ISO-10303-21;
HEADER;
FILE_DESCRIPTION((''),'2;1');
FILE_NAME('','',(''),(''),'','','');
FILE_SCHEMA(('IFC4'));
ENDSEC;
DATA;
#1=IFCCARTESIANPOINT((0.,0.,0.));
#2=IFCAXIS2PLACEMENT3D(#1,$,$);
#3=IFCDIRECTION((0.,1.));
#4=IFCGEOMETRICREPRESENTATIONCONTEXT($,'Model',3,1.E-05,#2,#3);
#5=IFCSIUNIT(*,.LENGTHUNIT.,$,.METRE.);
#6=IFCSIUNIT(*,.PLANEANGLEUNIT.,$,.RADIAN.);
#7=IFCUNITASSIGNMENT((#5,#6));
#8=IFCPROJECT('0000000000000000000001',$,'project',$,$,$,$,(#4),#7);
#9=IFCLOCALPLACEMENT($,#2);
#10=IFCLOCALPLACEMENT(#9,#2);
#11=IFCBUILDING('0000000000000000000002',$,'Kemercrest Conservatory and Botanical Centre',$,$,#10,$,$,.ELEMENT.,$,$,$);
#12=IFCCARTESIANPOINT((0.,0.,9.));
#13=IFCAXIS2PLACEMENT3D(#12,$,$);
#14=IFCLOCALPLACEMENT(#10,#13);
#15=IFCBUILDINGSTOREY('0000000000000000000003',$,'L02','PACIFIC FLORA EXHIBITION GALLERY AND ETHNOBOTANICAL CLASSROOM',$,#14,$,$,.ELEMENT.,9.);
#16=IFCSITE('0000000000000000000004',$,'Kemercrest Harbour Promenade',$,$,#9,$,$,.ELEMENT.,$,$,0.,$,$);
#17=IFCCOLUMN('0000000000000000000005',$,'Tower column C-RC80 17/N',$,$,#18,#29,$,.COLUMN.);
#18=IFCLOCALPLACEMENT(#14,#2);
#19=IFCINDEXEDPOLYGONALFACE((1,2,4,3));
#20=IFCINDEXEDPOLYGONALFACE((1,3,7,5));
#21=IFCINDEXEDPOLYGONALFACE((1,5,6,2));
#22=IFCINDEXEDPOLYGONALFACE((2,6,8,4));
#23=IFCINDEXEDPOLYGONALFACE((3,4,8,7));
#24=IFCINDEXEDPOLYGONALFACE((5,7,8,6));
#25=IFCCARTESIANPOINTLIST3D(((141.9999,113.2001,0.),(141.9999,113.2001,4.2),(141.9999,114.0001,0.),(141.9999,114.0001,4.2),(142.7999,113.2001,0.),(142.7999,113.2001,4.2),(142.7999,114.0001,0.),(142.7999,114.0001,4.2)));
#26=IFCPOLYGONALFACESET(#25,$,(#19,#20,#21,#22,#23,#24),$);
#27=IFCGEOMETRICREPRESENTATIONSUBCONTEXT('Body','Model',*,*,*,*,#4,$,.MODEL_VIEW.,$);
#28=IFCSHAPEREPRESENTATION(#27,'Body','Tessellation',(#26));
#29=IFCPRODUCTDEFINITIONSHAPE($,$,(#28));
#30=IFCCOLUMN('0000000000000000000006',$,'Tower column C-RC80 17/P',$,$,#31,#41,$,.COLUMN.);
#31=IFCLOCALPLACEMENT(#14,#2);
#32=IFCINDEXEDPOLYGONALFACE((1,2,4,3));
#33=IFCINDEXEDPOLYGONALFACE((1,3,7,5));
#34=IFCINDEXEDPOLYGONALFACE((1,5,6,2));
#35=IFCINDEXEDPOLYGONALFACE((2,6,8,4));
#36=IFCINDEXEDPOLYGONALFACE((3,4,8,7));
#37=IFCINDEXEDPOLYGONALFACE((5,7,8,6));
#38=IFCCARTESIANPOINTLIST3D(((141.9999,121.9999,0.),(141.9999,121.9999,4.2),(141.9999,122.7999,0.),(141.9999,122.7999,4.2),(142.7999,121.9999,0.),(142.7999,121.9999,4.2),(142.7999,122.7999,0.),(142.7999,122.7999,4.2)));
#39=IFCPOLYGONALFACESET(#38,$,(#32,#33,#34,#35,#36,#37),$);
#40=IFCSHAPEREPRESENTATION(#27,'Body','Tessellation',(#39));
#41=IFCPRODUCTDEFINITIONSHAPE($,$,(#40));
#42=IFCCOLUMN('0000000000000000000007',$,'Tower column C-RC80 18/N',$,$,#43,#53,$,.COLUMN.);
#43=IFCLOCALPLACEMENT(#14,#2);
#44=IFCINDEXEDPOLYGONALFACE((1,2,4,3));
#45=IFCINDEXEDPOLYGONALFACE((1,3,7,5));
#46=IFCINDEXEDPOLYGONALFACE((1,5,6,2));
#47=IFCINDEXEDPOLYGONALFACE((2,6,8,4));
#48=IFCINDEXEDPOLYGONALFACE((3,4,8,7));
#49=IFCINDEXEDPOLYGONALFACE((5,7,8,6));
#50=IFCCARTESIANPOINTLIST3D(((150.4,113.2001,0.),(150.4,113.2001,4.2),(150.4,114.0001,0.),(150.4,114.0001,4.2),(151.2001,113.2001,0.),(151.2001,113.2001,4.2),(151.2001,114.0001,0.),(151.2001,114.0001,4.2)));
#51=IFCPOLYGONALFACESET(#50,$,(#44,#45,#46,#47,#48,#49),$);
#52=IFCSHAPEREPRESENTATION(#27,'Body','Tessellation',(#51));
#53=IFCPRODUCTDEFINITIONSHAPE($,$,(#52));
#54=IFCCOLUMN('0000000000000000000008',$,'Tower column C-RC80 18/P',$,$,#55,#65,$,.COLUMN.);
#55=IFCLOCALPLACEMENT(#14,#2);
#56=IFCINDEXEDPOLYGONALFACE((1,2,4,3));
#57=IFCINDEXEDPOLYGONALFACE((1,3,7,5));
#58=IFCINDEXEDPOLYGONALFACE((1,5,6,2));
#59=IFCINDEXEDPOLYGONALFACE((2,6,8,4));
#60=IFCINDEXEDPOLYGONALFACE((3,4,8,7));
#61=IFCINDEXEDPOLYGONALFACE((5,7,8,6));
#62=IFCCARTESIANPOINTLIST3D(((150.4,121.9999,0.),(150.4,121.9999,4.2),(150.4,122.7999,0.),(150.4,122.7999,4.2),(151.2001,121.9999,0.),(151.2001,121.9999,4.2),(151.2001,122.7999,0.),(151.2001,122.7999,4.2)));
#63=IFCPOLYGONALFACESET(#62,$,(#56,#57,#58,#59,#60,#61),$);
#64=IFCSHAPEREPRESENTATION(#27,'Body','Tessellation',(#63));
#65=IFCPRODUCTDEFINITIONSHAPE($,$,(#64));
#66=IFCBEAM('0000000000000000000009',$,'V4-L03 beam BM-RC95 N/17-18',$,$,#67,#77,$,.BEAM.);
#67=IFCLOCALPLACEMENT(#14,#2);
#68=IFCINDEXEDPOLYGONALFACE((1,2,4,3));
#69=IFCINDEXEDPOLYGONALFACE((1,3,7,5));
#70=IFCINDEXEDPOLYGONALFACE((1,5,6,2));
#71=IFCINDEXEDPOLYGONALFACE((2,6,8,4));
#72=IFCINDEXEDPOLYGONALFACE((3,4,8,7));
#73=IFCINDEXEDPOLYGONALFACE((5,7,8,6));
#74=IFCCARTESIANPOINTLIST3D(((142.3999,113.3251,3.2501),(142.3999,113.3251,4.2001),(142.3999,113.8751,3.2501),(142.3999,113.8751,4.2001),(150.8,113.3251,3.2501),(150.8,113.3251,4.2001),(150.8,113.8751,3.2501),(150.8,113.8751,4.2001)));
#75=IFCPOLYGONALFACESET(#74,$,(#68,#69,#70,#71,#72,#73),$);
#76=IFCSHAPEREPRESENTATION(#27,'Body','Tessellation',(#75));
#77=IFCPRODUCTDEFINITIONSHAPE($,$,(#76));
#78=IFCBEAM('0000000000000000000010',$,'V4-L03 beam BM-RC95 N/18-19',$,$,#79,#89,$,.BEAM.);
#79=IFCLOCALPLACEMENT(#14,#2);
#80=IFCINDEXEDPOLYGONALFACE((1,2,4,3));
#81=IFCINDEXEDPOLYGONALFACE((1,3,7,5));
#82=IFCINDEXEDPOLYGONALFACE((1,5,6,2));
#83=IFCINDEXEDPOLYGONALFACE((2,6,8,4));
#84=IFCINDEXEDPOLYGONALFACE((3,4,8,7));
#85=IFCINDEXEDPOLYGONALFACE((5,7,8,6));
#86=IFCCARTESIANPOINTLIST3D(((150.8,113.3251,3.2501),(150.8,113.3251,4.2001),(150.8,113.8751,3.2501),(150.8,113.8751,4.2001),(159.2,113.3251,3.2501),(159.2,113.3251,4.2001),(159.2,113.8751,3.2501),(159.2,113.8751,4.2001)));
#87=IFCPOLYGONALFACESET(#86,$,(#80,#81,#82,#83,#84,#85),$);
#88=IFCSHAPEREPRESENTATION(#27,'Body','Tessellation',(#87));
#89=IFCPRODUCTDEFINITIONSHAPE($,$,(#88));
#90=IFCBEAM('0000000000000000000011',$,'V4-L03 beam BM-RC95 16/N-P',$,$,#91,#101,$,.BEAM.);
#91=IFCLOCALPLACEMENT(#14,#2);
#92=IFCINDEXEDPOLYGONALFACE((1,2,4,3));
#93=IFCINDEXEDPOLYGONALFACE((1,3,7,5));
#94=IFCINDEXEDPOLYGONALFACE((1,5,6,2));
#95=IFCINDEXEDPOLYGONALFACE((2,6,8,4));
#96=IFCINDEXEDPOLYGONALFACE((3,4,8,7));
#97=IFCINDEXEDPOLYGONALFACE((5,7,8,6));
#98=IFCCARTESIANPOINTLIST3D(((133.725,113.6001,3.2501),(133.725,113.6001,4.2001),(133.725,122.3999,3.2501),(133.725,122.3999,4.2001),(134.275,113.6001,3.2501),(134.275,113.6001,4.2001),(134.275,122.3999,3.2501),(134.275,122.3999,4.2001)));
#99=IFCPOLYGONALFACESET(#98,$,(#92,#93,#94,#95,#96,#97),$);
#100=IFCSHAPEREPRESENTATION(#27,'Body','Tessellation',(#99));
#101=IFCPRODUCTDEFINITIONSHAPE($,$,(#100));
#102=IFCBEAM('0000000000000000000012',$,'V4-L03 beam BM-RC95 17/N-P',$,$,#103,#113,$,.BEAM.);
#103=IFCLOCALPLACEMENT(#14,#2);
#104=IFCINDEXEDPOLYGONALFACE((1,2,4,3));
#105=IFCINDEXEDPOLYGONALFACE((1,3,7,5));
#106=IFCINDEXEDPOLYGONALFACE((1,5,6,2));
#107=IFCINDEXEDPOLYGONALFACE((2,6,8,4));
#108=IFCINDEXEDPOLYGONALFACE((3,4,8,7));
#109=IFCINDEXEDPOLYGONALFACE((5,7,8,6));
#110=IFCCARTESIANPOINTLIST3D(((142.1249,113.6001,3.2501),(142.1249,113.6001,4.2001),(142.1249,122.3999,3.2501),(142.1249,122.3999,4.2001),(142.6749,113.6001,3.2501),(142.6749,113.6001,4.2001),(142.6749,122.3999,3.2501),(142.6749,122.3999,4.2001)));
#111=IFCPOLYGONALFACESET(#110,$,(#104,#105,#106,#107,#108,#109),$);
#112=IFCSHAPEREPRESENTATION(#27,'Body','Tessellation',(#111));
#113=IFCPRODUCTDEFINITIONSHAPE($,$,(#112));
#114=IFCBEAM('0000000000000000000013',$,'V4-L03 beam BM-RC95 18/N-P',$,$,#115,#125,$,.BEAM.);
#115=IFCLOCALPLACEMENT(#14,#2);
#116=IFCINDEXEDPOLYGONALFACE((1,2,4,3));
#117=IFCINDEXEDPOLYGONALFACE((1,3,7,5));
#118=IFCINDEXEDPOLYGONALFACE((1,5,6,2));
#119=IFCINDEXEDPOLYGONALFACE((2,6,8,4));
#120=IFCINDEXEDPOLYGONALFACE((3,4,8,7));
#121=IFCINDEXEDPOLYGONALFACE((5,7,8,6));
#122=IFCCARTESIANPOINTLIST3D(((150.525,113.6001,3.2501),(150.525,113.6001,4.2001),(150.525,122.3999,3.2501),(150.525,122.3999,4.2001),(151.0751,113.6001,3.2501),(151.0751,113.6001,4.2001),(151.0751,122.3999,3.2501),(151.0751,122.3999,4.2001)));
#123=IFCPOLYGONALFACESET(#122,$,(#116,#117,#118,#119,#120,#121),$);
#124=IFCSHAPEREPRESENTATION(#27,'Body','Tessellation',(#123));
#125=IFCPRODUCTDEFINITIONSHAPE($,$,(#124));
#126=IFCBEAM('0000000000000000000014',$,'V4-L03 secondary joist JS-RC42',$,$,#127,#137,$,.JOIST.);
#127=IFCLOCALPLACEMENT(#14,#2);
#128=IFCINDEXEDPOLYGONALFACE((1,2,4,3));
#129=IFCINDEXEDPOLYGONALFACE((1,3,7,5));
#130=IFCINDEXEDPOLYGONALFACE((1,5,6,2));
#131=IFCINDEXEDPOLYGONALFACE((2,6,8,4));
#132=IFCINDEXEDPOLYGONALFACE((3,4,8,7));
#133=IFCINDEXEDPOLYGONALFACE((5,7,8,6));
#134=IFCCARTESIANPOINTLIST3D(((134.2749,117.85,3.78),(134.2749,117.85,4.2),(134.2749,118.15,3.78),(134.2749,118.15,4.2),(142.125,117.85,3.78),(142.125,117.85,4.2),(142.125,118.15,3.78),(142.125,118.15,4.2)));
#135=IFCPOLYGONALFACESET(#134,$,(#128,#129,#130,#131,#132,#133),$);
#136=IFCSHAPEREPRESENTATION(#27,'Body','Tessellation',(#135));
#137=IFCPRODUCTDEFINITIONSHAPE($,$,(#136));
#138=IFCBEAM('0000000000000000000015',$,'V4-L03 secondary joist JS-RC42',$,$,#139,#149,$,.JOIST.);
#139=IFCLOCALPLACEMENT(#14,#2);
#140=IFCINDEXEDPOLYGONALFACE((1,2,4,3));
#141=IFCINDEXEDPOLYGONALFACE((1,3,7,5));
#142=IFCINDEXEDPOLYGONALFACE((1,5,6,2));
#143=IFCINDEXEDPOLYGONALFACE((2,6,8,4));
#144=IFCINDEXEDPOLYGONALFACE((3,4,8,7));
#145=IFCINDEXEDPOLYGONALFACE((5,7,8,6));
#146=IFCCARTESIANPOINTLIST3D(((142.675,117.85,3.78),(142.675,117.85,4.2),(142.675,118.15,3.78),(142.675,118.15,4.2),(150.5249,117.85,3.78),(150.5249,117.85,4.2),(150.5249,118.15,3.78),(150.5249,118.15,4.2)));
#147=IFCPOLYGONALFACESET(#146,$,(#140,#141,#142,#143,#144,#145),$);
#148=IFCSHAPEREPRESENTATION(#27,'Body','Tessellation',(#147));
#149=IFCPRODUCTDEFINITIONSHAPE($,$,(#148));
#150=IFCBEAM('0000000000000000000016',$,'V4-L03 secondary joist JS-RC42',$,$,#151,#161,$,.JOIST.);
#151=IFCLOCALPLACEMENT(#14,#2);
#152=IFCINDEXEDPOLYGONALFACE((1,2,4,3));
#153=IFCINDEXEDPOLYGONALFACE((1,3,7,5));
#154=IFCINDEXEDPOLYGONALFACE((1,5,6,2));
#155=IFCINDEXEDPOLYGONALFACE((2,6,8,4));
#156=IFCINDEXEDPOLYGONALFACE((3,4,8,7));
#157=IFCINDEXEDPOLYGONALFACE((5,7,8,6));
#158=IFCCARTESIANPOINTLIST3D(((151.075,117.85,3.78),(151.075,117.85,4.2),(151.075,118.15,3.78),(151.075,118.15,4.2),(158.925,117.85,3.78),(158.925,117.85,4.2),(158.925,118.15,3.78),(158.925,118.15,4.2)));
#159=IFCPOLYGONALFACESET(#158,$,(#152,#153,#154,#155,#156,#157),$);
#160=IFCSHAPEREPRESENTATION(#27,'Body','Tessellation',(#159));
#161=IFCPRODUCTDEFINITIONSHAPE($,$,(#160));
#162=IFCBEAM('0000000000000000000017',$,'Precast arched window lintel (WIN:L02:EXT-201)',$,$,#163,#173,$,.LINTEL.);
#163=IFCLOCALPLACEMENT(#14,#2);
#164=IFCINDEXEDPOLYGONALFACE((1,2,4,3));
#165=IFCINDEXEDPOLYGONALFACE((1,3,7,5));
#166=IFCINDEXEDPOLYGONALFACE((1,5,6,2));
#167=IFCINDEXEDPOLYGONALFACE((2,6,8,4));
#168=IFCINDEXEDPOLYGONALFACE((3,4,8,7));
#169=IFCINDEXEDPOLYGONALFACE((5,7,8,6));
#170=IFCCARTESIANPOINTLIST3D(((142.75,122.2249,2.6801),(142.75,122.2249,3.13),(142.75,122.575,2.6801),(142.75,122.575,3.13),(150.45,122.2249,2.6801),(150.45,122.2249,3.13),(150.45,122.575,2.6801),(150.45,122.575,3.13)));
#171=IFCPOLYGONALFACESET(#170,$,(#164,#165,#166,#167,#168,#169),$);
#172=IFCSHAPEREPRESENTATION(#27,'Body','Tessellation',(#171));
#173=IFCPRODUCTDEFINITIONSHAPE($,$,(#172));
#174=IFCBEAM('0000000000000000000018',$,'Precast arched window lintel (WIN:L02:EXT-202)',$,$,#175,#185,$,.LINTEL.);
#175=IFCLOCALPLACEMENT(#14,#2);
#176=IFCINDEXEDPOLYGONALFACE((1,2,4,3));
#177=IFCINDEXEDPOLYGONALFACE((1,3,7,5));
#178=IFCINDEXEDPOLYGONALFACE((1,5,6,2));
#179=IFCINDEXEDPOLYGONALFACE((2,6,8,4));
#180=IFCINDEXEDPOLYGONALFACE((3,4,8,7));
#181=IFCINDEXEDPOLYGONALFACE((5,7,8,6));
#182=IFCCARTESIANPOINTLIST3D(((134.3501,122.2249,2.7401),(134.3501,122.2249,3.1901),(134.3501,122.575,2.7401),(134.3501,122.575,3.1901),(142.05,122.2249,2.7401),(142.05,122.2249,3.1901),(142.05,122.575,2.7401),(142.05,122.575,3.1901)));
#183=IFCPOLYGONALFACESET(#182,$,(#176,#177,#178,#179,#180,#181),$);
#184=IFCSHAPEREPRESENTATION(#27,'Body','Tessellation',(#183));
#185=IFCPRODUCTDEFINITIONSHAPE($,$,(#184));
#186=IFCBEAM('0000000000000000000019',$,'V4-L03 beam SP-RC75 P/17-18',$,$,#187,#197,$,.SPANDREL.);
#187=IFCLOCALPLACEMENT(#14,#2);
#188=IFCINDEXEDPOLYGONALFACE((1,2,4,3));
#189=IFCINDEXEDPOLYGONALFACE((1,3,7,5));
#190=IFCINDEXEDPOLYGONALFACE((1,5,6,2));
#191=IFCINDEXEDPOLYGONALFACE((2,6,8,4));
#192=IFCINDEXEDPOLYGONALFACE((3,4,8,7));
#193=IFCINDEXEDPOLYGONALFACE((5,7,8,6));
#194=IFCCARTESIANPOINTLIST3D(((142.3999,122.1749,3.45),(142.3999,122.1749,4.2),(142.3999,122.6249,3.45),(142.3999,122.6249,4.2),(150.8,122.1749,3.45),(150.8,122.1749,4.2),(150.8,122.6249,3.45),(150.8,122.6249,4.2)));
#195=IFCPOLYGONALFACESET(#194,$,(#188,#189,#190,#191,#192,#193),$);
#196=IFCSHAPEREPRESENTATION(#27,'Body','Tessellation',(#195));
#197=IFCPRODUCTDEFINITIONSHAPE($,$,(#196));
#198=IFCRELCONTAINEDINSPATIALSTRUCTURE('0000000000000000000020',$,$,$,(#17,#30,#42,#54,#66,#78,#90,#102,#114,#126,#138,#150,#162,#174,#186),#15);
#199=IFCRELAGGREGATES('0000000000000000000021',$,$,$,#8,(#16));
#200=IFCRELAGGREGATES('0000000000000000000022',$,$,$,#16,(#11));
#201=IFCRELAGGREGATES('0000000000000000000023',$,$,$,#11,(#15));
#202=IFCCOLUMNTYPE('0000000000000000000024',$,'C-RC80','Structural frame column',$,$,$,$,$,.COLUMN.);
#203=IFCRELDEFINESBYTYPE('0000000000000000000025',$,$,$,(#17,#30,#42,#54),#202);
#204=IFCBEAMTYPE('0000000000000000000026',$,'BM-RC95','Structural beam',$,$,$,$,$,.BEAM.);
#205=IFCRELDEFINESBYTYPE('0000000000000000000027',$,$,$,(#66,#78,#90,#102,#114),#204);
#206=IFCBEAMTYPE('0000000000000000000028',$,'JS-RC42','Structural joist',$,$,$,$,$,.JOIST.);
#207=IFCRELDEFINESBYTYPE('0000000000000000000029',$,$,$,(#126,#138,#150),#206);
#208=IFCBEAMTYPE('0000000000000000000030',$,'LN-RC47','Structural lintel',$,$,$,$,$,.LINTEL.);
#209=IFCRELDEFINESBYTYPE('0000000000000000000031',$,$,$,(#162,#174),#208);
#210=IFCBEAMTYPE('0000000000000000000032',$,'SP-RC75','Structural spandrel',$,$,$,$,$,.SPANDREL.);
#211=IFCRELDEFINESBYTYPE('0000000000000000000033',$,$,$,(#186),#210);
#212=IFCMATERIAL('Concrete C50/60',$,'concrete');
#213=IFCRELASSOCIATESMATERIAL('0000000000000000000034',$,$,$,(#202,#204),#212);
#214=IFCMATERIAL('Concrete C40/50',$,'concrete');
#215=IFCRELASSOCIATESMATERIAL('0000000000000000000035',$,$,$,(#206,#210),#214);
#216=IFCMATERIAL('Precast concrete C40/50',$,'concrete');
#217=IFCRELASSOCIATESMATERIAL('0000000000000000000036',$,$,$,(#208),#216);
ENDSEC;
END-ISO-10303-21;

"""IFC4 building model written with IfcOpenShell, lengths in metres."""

from ifc_helpers import new_model, si_unit, direction, frame, origin, origin_2d, place, context, subcontext, project, spatial, rectangle, extrude, material, material_profile, profile_set, type_object, element, save


model = new_model("IFC4")

# Units and contexts
model_context = context("Model", 3, precision=1e-05, world=origin(), true_north=direction((0.0, 1.0)))
body_context = subcontext(model_context, "Body", "Model", "MODEL_VIEW")
ifc_project = project(units=[si_unit("LENGTHUNIT", "METRE"), si_unit("PLANEANGLEUNIT", "RADIAN")], contexts=[model_context])

# Site, building, storey
site_placement = place(None, origin())
site = spatial("IfcSite", under=ifc_project, at=site_placement, Name="Kemercrest Harbour Promenade", CompositionType="ELEMENT", RefElevation=0.0)
building_placement = place(site_placement, origin())
building = spatial("IfcBuilding", under=site, at=building_placement, Name="Kemercrest Conservatory and Botanical Centre", CompositionType="ELEMENT")
storey_placement = place(building_placement, frame((0.0, 0.0, 9.0)))
storey = spatial("IfcBuildingStorey", under=building, at=storey_placement, Name="L02", Description="PACIFIC FLORA EXHIBITION GALLERY AND ETHNOBOTANICAL CLASSROOM", CompositionType="ELEMENT", Elevation=9.0)

# Columns
ifc_material_1 = material(Name="Concrete C50/60", Category="concrete")
ifc_material_profile_1 = material_profile(ifc_material_1, rectangle(XDim=0.8, YDim=0.8, at=origin_2d()), Name="RC 800x800")
ifc_profile_set_1 = profile_set([ifc_material_profile_1], Name="Concrete C50/60")
column_type = type_object("IfcColumnType", Name="C-RC80", Description="Structural frame column", PredefinedType="COLUMN", material=ifc_profile_set_1)
for number, where, z_axis, x_axis, name in (
    (1, (142.3999, 113.6001, 0.0), (0.0, 0.0, 1.0), (1.0, 0.0, 0.0), "Tower column C-RC80 17/N"),
    (2, (142.3999, 122.3999, 0.0), (0.0, 0.0, 1.0), (1.0, 0.0, 0.0), "Tower column C-RC80 17/P"),
    (3, (150.8, 113.6001, 0.0), (0.0, 0.0, 1.0), (1.0, 0.0, 0.0), "Tower column C-RC80 18/N"),
    (4, (150.8, 122.3999, 0.0), (0.0, 0.0, 1.0), (1.0, 0.0, 0.0), "Tower column C-RC80 18/P"),
):
    element("IfcColumn", number, at=place(storey_placement, frame(where, z_axis=z_axis, x_axis=x_axis)), inside=storey, type_object=column_type, Name=name, PredefinedType="COLUMN", context=body_context, shape_type="SweptSolid", body=[
        extrude(rectangle(XDim=0.8, YDim=0.8, at=origin_2d()), origin(), (0.0, 0.0, 1.0), 4.2),
    ])

# Beams
ifc_material_profile_2 = material_profile(ifc_material_1, rectangle(XDim=0.55, YDim=0.95, at=origin_2d()), Name="RC 550x950")
ifc_profile_set_2 = profile_set([ifc_material_profile_2], Name="Concrete C50/60")
beam_type_1 = type_object("IfcBeamType", Name="BM-RC95", Description="Structural beam", PredefinedType="BEAM", material=ifc_profile_set_2)
beam_1_placement = place(storey_placement, frame((142.3999, 113.6001, 3.7251), z_axis=(1.0, 0.0, 0.0), x_axis=(0.0, 1.0, 0.0)))
element("IfcBeam", 5, at=beam_1_placement, inside=storey, type_object=beam_type_1, Name="V4-L03 beam BM-RC95 N/17-18", PredefinedType="BEAM", context=body_context, shape_type="SweptSolid", body=[
    extrude(rectangle(XDim=0.55, YDim=0.95, at=origin_2d()), origin(), (0.0, 0.0, 1.0), 8.4001),
])
beam_2_placement = place(storey_placement, frame((150.8, 113.6001, 3.7251), z_axis=(1.0, 0.0, 0.0), x_axis=(0.0, 1.0, 0.0)))
element("IfcBeam", 6, at=beam_2_placement, inside=storey, type_object=beam_type_1, Name="V4-L03 beam BM-RC95 N/18-19", PredefinedType="BEAM", context=body_context, shape_type="SweptSolid", body=[
    extrude(rectangle(XDim=0.55, YDim=0.95, at=origin_2d()), origin(), (0.0, 0.0, 1.0), 8.3999),
])
for number, where, z_axis, x_axis, name in (
    (7, (134.0, 113.6001, 3.7251), (0.0, 1.0, 0.0), (-1.0, 0.0, 0.0), "V4-L03 beam BM-RC95 16/N-P"),
    (8, (142.3999, 113.6001, 3.7251), (0.0, 1.0, 0.0), (-1.0, 0.0, 0.0), "V4-L03 beam BM-RC95 17/N-P"),
    (9, (150.8, 113.6001, 3.7251), (0.0, 1.0, 0.0), (-1.0, 0.0, 0.0), "V4-L03 beam BM-RC95 18/N-P"),
):
    element("IfcBeam", number, at=place(storey_placement, frame(where, z_axis=z_axis, x_axis=x_axis)), inside=storey, type_object=beam_type_1, Name=name, PredefinedType="BEAM", context=body_context, shape_type="SweptSolid", body=[
        extrude(rectangle(XDim=0.55, YDim=0.95, at=origin_2d()), origin(), (0.0, 0.0, 1.0), 8.7998),
    ])
ifc_material_2 = material(Name="Concrete C40/50", Category="concrete")
ifc_material_profile_3 = material_profile(ifc_material_2, rectangle(XDim=0.3, YDim=0.4199, at=origin_2d()), Name="RC 300x420")
ifc_profile_set_3 = profile_set([ifc_material_profile_3], Name="Concrete C40/50")
beam_type_2 = type_object("IfcBeamType", Name="JS-RC42", Description="Structural joist", PredefinedType="JOIST", material=ifc_profile_set_3)
beam_3_placement = place(storey_placement, frame((134.2749, 118.0, 3.99), z_axis=(1.0, 0.0, 0.0), x_axis=(0.0, 1.0, 0.0)))
element("IfcBeam", 10, at=beam_3_placement, inside=storey, type_object=beam_type_2, Name="V4-L03 secondary joist JS-RC42", PredefinedType="JOIST", context=body_context, shape_type="SweptSolid", body=[
    extrude(rectangle(XDim=0.3, YDim=0.4199, at=origin_2d()), origin(), (0.0, 0.0, 1.0), 7.8501),
])
beam_4_placement = place(storey_placement, frame((142.675, 118.0, 3.99), z_axis=(1.0, 0.0, 0.0), x_axis=(0.0, 1.0, 0.0)))
element("IfcBeam", 11, at=beam_4_placement, inside=storey, type_object=beam_type_2, Name="V4-L03 secondary joist JS-RC42", PredefinedType="JOIST", context=body_context, shape_type="SweptSolid", body=[
    extrude(rectangle(XDim=0.3, YDim=0.4199, at=origin_2d()), origin(), (0.0, 0.0, 1.0), 7.8499),
])
beam_5_placement = place(storey_placement, frame((151.075, 118.0, 3.99), z_axis=(1.0, 0.0, 0.0), x_axis=(0.0, 1.0, 0.0)))
element("IfcBeam", 12, at=beam_5_placement, inside=storey, type_object=beam_type_2, Name="V4-L03 secondary joist JS-RC42", PredefinedType="JOIST", context=body_context, shape_type="SweptSolid", body=[
    extrude(rectangle(XDim=0.3, YDim=0.4199, at=origin_2d()), origin(), (0.0, 0.0, 1.0), 7.8501),
])
ifc_material_3 = material(Name="Precast concrete C40/50", Category="concrete")
ifc_material_profile_4 = material_profile(ifc_material_3, rectangle(XDim=0.3501, YDim=0.45, at=origin_2d()), Name="RC 350x450")
ifc_profile_set_4 = profile_set([ifc_material_profile_4], Name="Precast concrete C40/50")
beam_type_3 = type_object("IfcBeamType", Name="LN-RC47", Description="Structural lintel", PredefinedType="LINTEL", material=ifc_profile_set_4)
for number, where, z_axis, x_axis, name in (
    (13, (150.45, 122.3999, 2.905), (-1.0, 0.0, 0.0), (0.0, -1.0, 0.0), "Precast arched window lintel (WIN:L02:EXT-201)"),
    (14, (142.05, 122.3999, 2.9651), (-1.0, 0.0, 0.0), (0.0, -1.0, 0.0), "Precast arched window lintel (WIN:L02:EXT-202)"),
):
    element("IfcBeam", number, at=place(storey_placement, frame(where, z_axis=z_axis, x_axis=x_axis)), inside=storey, type_object=beam_type_3, Name=name, PredefinedType="LINTEL", context=body_context, shape_type="SweptSolid", body=[
        extrude(rectangle(XDim=0.3501, YDim=0.45, at=origin_2d()), origin(), (0.0, 0.0, 1.0), 7.7),
    ])
ifc_material_profile_5 = material_profile(ifc_material_2, rectangle(XDim=0.45, YDim=0.75, at=origin_2d()), Name="RC 450x750")
ifc_profile_set_5 = profile_set([ifc_material_profile_5], Name="Concrete C40/50")
beam_type_4 = type_object("IfcBeamType", Name="SP-RC75", Description="Structural spandrel", PredefinedType="SPANDREL", material=ifc_profile_set_5)
beam_6_placement = place(storey_placement, frame((142.3999, 122.3999, 3.825), z_axis=(1.0, 0.0, 0.0), x_axis=(0.0, 1.0, 0.0)))
element("IfcBeam", 15, at=beam_6_placement, inside=storey, type_object=beam_type_4, Name="V4-L03 beam SP-RC75 P/17-18", PredefinedType="SPANDREL", context=body_context, shape_type="SweptSolid", body=[
    extrude(rectangle(XDim=0.45, YDim=0.75, at=origin_2d()), origin(), (0.0, 0.0, 1.0), 8.4001),
])

save(model, "model.ifc")
